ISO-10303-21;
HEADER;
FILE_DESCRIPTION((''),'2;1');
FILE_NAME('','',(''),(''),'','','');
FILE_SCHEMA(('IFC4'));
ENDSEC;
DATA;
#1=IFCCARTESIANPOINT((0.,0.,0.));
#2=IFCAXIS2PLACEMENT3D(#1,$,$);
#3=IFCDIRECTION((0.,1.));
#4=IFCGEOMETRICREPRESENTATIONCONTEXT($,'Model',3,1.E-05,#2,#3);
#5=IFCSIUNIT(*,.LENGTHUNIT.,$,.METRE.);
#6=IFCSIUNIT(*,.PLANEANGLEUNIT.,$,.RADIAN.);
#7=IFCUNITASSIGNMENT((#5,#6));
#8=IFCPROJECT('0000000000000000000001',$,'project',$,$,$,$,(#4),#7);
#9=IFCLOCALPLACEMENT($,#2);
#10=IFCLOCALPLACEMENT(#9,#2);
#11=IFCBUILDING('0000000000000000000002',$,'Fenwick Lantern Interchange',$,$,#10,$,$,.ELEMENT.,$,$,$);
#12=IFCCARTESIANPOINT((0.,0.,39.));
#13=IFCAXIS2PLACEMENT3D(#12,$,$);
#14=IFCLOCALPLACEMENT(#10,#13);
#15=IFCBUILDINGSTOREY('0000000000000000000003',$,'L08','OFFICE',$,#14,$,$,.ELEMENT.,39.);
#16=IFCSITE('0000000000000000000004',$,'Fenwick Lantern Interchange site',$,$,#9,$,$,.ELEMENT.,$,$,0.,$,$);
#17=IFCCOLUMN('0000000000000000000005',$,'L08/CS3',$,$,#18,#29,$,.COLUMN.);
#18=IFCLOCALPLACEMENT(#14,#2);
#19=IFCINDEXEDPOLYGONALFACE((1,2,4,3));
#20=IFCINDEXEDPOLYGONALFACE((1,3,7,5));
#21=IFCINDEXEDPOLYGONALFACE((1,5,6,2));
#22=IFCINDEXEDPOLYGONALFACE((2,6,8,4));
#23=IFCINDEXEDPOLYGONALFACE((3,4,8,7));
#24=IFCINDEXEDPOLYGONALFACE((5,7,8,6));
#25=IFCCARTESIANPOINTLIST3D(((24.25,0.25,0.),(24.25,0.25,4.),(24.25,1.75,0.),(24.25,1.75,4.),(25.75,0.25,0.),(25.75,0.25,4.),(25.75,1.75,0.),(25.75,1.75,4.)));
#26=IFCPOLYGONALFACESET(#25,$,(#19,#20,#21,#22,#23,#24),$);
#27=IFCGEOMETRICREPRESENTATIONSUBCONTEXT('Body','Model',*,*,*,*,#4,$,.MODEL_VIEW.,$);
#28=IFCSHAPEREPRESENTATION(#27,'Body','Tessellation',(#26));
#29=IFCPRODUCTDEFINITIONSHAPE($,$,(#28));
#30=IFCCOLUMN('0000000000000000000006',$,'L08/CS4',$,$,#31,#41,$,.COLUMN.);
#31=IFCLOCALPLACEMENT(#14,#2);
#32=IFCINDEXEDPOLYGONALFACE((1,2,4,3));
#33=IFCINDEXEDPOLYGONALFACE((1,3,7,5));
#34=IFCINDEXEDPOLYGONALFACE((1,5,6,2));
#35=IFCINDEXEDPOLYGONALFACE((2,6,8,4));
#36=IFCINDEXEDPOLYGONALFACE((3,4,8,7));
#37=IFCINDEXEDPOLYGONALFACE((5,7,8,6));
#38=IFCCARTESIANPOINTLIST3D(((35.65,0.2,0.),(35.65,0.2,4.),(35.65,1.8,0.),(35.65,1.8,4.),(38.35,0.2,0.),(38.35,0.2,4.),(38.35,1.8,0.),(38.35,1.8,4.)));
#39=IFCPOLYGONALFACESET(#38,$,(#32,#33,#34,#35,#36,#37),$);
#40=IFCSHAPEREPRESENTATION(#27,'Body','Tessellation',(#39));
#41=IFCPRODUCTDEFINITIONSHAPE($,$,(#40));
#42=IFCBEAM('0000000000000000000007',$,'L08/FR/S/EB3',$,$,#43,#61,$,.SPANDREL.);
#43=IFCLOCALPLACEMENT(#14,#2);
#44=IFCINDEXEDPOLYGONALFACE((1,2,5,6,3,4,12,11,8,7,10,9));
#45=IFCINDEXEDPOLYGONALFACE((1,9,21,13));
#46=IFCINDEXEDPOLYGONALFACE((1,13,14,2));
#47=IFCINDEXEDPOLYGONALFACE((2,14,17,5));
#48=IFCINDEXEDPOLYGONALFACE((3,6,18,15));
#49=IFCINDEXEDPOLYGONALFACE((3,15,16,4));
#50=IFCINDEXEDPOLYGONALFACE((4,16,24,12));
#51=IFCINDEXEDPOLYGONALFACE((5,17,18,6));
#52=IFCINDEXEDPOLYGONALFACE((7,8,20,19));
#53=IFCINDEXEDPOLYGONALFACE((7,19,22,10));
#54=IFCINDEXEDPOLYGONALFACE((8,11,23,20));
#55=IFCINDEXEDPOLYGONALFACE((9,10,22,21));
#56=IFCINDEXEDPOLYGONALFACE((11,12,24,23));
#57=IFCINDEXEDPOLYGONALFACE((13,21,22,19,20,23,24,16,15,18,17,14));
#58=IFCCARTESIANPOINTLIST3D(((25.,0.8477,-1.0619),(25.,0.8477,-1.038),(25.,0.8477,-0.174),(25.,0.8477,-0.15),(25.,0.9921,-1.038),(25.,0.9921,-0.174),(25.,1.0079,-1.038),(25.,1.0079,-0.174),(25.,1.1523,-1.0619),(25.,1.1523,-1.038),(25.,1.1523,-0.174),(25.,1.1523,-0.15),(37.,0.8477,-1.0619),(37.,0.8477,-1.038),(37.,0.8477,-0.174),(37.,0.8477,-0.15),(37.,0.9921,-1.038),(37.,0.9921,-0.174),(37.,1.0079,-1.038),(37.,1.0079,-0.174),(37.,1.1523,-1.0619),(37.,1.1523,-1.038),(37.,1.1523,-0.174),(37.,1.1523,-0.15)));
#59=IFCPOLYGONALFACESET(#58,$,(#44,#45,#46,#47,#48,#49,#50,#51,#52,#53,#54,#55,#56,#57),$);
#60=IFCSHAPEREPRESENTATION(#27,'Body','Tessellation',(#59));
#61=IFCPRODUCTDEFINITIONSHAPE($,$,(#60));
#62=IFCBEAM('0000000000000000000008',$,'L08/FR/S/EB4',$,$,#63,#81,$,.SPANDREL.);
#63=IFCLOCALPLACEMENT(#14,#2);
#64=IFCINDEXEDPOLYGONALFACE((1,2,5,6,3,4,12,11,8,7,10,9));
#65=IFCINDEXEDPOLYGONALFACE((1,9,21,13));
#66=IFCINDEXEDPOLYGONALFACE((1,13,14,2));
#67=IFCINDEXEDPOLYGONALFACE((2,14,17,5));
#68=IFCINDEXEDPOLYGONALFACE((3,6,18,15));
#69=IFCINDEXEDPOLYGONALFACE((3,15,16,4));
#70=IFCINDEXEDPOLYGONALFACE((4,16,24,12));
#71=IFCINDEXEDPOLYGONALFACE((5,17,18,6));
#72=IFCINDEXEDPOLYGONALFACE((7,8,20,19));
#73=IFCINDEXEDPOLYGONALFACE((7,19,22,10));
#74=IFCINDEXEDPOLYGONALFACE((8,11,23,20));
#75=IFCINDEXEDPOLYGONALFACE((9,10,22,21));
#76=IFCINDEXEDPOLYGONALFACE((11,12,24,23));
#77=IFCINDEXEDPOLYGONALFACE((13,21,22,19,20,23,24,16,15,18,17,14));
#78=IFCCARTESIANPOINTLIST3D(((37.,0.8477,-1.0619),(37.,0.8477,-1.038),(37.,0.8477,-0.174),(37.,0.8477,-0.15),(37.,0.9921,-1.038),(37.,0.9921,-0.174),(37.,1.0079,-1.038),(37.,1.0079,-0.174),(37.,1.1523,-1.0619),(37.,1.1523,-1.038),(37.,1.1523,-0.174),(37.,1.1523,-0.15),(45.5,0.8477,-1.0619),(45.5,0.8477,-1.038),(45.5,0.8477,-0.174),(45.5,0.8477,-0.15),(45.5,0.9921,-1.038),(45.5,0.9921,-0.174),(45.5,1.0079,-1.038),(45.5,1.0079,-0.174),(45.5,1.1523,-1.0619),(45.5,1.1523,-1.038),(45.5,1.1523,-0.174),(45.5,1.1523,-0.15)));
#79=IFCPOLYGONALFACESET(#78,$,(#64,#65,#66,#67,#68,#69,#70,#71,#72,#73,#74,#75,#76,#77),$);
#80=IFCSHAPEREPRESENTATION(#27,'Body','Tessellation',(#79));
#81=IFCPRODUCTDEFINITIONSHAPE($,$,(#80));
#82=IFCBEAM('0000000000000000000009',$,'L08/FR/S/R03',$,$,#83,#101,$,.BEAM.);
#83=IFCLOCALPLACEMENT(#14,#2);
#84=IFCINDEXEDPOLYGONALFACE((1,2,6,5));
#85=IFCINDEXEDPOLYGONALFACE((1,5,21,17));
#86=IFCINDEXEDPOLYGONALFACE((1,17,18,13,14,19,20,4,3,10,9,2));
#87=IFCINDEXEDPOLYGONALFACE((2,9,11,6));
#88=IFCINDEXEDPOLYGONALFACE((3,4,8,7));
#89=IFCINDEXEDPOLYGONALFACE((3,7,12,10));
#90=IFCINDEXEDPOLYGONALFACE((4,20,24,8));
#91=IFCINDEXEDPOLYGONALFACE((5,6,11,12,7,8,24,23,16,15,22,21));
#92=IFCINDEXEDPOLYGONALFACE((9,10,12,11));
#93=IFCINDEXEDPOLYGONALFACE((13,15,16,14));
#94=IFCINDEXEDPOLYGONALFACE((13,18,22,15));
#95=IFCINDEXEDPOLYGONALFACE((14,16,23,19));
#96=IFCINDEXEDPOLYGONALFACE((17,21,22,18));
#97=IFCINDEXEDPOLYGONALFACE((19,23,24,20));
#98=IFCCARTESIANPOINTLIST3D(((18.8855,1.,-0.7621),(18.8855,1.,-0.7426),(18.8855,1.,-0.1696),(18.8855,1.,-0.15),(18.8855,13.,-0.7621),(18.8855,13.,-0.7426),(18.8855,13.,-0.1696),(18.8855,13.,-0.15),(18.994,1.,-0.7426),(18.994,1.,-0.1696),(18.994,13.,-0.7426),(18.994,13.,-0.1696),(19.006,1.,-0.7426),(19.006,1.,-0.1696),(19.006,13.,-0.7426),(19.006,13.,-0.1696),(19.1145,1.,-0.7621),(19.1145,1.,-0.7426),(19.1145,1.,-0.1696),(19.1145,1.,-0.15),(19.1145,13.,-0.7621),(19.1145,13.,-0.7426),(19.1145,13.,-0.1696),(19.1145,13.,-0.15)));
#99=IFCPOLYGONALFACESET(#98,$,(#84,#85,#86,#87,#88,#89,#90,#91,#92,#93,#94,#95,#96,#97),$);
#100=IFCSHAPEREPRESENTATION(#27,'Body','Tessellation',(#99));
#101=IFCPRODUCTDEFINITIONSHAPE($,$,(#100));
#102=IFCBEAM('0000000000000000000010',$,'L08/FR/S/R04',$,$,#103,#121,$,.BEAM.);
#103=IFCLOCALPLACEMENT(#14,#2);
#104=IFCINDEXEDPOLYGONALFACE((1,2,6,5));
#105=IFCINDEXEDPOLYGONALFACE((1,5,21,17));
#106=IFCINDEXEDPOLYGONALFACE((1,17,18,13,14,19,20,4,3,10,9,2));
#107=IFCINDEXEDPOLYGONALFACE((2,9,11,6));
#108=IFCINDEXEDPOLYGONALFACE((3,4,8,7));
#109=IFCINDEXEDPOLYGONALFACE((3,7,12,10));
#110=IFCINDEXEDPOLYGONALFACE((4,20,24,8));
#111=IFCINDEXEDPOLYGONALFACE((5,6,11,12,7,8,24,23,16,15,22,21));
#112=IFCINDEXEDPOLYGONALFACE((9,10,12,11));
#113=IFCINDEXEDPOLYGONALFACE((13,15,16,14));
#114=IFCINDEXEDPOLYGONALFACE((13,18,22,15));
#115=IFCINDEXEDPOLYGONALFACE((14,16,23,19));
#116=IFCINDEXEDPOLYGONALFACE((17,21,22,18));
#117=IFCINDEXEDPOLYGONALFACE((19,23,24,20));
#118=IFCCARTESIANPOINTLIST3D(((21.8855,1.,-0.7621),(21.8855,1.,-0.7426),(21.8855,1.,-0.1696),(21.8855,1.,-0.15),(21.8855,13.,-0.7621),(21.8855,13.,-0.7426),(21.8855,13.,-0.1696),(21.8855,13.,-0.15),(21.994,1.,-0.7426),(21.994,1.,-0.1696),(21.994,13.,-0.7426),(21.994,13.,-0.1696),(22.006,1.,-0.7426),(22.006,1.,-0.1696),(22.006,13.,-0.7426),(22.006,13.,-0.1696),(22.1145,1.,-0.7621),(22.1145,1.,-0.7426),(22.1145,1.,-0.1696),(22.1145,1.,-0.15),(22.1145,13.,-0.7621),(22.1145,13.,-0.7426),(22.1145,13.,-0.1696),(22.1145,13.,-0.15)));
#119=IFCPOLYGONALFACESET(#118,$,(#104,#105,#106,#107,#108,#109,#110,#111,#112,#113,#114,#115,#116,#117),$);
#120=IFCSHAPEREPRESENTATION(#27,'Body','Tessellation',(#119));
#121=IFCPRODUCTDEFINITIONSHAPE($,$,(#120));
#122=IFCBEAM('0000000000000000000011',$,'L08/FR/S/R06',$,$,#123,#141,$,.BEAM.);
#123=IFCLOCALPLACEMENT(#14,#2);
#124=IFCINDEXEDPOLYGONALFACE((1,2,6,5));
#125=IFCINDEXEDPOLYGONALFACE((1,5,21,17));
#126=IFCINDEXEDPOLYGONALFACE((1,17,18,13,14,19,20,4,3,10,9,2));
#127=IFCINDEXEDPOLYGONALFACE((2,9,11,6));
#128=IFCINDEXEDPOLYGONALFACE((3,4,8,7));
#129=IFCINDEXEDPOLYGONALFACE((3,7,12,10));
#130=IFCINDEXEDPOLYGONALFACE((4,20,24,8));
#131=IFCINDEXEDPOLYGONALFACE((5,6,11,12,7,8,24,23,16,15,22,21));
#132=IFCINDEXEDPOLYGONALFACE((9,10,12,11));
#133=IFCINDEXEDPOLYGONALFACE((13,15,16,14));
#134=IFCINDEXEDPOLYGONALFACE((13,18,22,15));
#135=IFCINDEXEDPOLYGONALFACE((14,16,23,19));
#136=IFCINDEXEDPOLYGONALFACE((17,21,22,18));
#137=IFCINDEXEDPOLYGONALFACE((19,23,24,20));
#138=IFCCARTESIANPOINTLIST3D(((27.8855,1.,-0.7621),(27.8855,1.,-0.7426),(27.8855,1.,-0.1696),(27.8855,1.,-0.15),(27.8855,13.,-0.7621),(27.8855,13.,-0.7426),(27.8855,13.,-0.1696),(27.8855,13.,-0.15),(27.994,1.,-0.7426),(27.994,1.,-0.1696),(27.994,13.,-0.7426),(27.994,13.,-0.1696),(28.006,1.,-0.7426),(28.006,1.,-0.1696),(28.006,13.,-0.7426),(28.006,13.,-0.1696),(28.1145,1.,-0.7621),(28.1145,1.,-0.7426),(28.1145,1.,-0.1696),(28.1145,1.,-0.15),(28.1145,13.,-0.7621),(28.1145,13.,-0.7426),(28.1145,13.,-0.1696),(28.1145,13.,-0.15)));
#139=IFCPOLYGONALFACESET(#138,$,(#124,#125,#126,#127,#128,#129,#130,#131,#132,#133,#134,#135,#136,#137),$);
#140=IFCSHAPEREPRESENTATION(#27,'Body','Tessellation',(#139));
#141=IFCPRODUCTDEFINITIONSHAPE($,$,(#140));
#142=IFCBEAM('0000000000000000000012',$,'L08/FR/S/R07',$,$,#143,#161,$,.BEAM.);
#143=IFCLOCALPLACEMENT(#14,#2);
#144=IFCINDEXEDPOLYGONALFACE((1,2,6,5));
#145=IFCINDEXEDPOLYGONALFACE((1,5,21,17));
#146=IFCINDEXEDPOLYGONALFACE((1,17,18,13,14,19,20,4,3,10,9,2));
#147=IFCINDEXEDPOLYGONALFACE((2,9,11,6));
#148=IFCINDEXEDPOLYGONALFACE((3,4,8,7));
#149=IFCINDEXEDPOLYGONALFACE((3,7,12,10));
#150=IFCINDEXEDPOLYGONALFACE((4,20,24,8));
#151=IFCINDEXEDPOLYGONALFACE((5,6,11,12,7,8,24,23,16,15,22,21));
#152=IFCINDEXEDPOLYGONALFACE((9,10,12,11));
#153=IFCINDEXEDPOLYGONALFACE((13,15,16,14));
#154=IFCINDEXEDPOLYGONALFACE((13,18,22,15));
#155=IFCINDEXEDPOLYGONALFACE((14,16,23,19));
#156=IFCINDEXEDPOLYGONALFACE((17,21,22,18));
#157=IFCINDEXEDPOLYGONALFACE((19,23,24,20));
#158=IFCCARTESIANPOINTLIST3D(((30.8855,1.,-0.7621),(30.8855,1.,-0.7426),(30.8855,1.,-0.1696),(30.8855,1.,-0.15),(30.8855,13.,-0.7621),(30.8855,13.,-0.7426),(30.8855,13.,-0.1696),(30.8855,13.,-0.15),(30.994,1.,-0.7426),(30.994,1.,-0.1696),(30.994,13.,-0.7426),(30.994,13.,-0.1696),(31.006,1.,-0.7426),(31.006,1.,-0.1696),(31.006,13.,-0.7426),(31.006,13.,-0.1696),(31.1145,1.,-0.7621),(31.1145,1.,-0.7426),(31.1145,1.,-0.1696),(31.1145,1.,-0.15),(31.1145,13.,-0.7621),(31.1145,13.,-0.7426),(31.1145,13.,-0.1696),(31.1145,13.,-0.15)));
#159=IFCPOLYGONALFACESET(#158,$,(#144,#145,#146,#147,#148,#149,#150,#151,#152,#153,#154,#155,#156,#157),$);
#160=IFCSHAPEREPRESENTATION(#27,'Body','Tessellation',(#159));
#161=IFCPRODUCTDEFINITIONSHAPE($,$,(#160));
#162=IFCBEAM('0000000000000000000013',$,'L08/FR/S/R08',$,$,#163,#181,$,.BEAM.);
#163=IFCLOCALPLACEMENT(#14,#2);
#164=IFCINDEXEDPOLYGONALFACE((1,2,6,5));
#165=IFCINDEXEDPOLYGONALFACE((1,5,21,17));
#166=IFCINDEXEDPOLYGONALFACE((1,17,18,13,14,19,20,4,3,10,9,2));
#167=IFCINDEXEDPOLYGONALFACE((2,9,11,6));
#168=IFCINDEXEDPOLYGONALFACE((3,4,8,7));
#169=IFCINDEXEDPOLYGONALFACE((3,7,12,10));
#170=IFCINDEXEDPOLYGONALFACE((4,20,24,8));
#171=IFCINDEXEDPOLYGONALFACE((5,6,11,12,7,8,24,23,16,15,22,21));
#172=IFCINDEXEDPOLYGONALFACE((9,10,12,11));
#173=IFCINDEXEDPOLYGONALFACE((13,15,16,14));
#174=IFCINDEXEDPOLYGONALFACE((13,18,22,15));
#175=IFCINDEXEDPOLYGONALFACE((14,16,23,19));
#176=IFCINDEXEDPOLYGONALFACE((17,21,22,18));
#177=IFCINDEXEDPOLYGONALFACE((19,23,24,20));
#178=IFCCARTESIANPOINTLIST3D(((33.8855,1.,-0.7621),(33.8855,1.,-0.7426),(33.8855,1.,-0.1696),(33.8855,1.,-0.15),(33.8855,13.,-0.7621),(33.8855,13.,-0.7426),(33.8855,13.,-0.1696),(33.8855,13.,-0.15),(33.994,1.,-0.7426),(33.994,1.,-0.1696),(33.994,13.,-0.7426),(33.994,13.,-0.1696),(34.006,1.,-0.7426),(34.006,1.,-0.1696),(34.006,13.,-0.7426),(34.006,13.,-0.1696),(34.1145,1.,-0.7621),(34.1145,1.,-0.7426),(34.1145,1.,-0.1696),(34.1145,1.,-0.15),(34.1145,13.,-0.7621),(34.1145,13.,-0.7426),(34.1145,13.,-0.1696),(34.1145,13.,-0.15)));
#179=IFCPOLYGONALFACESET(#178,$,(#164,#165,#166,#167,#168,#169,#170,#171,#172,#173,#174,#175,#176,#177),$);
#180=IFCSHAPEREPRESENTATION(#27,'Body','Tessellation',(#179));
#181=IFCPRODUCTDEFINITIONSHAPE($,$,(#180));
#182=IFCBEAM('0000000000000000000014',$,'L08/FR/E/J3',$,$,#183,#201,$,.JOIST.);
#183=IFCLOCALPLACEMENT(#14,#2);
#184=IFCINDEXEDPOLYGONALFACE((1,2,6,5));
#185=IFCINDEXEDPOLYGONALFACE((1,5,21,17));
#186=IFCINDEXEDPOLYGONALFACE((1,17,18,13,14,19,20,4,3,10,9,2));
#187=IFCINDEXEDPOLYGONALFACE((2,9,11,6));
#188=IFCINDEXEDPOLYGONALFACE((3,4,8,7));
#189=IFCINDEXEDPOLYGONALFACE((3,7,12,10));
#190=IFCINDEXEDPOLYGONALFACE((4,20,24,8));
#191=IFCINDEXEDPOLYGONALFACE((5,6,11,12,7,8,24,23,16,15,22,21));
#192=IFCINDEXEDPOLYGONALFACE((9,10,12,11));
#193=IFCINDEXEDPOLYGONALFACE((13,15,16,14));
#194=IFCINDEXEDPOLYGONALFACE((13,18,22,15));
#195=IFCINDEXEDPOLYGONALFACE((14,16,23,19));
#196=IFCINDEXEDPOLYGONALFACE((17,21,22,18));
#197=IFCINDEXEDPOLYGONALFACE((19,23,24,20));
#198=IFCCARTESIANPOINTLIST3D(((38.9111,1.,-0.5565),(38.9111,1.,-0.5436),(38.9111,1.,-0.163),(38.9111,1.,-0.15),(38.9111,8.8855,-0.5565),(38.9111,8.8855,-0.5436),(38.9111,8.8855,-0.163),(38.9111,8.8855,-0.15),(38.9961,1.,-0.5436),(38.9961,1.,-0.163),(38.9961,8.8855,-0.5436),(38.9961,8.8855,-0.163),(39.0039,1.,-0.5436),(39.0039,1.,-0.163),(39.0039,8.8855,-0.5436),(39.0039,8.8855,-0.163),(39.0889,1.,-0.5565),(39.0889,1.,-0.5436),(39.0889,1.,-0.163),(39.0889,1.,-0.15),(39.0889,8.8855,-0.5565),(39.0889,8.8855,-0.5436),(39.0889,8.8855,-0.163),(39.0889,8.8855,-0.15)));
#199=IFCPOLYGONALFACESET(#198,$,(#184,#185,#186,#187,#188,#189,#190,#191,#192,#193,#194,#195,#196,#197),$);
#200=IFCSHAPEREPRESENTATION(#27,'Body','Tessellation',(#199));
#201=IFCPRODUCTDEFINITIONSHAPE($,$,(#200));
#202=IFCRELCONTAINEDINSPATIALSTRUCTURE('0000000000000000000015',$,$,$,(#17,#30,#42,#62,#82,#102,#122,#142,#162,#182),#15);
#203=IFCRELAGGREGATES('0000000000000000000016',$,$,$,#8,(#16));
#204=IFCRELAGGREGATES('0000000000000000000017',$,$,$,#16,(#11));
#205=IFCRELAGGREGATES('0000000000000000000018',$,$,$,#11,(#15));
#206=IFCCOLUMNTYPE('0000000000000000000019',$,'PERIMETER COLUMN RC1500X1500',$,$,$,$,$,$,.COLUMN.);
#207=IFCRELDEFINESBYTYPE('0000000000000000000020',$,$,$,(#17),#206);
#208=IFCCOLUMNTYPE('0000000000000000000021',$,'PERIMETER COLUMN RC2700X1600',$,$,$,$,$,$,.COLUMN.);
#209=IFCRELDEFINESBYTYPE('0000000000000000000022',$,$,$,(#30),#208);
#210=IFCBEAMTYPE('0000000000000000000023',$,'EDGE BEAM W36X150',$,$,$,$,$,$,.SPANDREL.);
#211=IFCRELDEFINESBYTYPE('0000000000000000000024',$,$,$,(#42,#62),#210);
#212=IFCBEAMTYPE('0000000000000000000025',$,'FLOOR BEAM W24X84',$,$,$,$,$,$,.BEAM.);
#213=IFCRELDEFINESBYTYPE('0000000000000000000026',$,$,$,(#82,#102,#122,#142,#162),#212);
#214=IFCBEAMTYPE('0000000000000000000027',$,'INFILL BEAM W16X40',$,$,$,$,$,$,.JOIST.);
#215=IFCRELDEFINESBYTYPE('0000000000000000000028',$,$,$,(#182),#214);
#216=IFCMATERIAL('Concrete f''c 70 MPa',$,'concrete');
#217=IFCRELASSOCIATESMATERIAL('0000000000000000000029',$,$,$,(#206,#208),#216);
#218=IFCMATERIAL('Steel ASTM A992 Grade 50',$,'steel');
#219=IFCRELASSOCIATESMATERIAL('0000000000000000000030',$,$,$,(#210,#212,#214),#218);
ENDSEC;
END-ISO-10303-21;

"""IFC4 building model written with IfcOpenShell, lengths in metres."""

from ifc_helpers import new_model, si_unit, direction, frame, origin, origin_2d, place, context, subcontext, project, spatial, rectangle, i_section, extrude, material, material_profile, profile_set, type_object, element, save


model = new_model("IFC4")

# Units and contexts
model_context = context("Model", 3, precision=1e-05, world=origin(), true_north=direction((0.0, 1.0)))
body_context = subcontext(model_context, "Body", "Model", "MODEL_VIEW")
ifc_project = project(units=[si_unit("LENGTHUNIT", "METRE"), si_unit("PLANEANGLEUNIT", "RADIAN")], contexts=[model_context])

# Site, building, storey
site_placement = place(None, origin())
site = spatial("IfcSite", under=ifc_project, at=site_placement, Name="Fenwick Lantern Interchange site", CompositionType="ELEMENT", RefElevation=0.0)
building_placement = place(site_placement, origin())
building = spatial("IfcBuilding", under=site, at=building_placement, Name="Fenwick Lantern Interchange", CompositionType="ELEMENT")
storey_placement = place(building_placement, frame((0.0, 0.0, 39.0)))
storey = spatial("IfcBuildingStorey", under=building, at=storey_placement, Name="L08", Description="OFFICE", CompositionType="ELEMENT", Elevation=39.0)

# Columns
ifc_material_1 = material(Name="Concrete f'c 70 MPa", Category="concrete")
ifc_material_profile_1 = material_profile(ifc_material_1, rectangle(XDim=1.5, YDim=1.5, at=origin_2d()), Name="RC1500X1500")
ifc_profile_set_1 = profile_set([ifc_material_profile_1], Name="Concrete f'c 70 MPa")
column_type_1 = type_object("IfcColumnType", Name="PERIMETER COLUMN RC1500X1500", PredefinedType="COLUMN", material=ifc_profile_set_1)
column_1_placement = place(storey_placement, frame((25.0, 1.0, 0.0), z_axis=(0.0, 0.0, 1.0), x_axis=(1.0, 0.0, 0.0)))
element("IfcColumn", 1, at=column_1_placement, inside=storey, type_object=column_type_1, Name="L08/CS3", PredefinedType="COLUMN", context=body_context, shape_type="SweptSolid", body=[
    extrude(rectangle(XDim=1.5, YDim=1.5, at=origin_2d()), origin(), (0.0, 0.0, 1.0), 4.0),
])
ifc_material_profile_2 = material_profile(ifc_material_1, rectangle(XDim=2.7, YDim=1.6001, at=origin_2d()), Name="RC2700X1600")
ifc_profile_set_2 = profile_set([ifc_material_profile_2], Name="Concrete f'c 70 MPa")
column_type_2 = type_object("IfcColumnType", Name="PERIMETER COLUMN RC2700X1600", PredefinedType="COLUMN", material=ifc_profile_set_2)
column_2_placement = place(storey_placement, frame((37.0, 1.0, 0.0), z_axis=(0.0, 0.0, 1.0), x_axis=(1.0, 0.0, 0.0)))
element("IfcColumn", 2, at=column_2_placement, inside=storey, type_object=column_type_2, Name="L08/CS4", PredefinedType="COLUMN", context=body_context, shape_type="SweptSolid", body=[
    extrude(rectangle(XDim=2.7, YDim=1.6001, at=origin_2d()), origin(), (0.0, 0.0, 1.0), 4.0),
])

# Beams
ifc_material_2 = material(Name="Steel ASTM A992 Grade 50", Category="steel")
ifc_material_profile_3 = material_profile(ifc_material_2, i_section(OverallWidth=0.3047, OverallDepth=0.9119, WebThickness=0.0159, FlangeThickness=0.0239, at=origin_2d()), Name="W36X150")
ifc_profile_set_3 = profile_set([ifc_material_profile_3], Name="Steel ASTM A992 Grade 50")
beam_type_1 = type_object("IfcBeamType", Name="EDGE BEAM W36X150", PredefinedType="SPANDREL", material=ifc_profile_set_3)
beam_1_placement = place(storey_placement, frame((25.0, 1.0, -0.606), z_axis=(1.0, 0.0, 0.0), x_axis=(0.0, 1.0, 0.0)))
element("IfcBeam", 3, at=beam_1_placement, inside=storey, type_object=beam_type_1, Name="L08/FR/S/EB3", PredefinedType="SPANDREL", context=body_context, shape_type="SweptSolid", body=[
    extrude(i_section(OverallWidth=0.3047, OverallDepth=0.9119, WebThickness=0.0159, FlangeThickness=0.0239, at=origin_2d()), origin(), (0.0, 0.0, 1.0), 12.0),
])
beam_2_placement = place(storey_placement, frame((37.0, 1.0, -0.606), z_axis=(1.0, 0.0, 0.0), x_axis=(0.0, 1.0, 0.0)))
element("IfcBeam", 4, at=beam_2_placement, inside=storey, type_object=beam_type_1, Name="L08/FR/S/EB4", PredefinedType="SPANDREL", context=body_context, shape_type="SweptSolid", body=[
    extrude(i_section(OverallWidth=0.3047, OverallDepth=0.9119, WebThickness=0.0159, FlangeThickness=0.0239, at=origin_2d()), origin(), (0.0, 0.0, 1.0), 8.5),
])
ifc_material_profile_4 = material_profile(ifc_material_2, i_section(OverallWidth=0.229, OverallDepth=0.6121, WebThickness=0.012, FlangeThickness=0.0195, at=origin_2d()), Name="W24X84")
ifc_profile_set_4 = profile_set([ifc_material_profile_4], Name="Steel ASTM A992 Grade 50")
beam_type_2 = type_object("IfcBeamType", Name="FLOOR BEAM W24X84", PredefinedType="BEAM", material=ifc_profile_set_4)
for number, where, z_axis, x_axis, name in (
    (5, (19.0, 1.0, -0.4561), (0.0, 1.0, 0.0), (-1.0, 0.0, 0.0), "L08/FR/S/R03"),
    (6, (22.0, 1.0, -0.4561), (0.0, 1.0, 0.0), (-1.0, 0.0, 0.0), "L08/FR/S/R04"),
    (7, (28.0, 1.0, -0.4561), (0.0, 1.0, 0.0), (-1.0, 0.0, 0.0), "L08/FR/S/R06"),
    (8, (31.0, 1.0, -0.4561), (0.0, 1.0, 0.0), (-1.0, 0.0, 0.0), "L08/FR/S/R07"),
    (9, (34.0, 1.0, -0.4561), (0.0, 1.0, 0.0), (-1.0, 0.0, 0.0), "L08/FR/S/R08"),
):
    element("IfcBeam", number, at=place(storey_placement, frame(where, z_axis=z_axis, x_axis=x_axis)), inside=storey, type_object=beam_type_2, Name=name, PredefinedType="BEAM", context=body_context, shape_type="SweptSolid", body=[
        extrude(i_section(OverallWidth=0.229, OverallDepth=0.6121, WebThickness=0.012, FlangeThickness=0.0195, at=origin_2d()), origin(), (0.0, 0.0, 1.0), 12.0),
    ])
ifc_material_profile_5 = material_profile(ifc_material_2, i_section(OverallWidth=0.1777, OverallDepth=0.4065, WebThickness=0.0078, FlangeThickness=0.0129, at=origin_2d()), Name="W16X40")
ifc_profile_set_5 = profile_set([ifc_material_profile_5], Name="Steel ASTM A992 Grade 50")
beam_type_3 = type_object("IfcBeamType", Name="INFILL BEAM W16X40", PredefinedType="JOIST", material=ifc_profile_set_5)
beam_3_placement = place(storey_placement, frame((39.0, 1.0, -0.3533), z_axis=(0.0, 1.0, 0.0), x_axis=(-1.0, 0.0, 0.0)))
element("IfcBeam", 10, at=beam_3_placement, inside=storey, type_object=beam_type_3, Name="L08/FR/E/J3", PredefinedType="JOIST", context=body_context, shape_type="SweptSolid", body=[
    extrude(i_section(OverallWidth=0.1777, OverallDepth=0.4065, WebThickness=0.0078, FlangeThickness=0.0129, at=origin_2d()), origin(), (0.0, 0.0, 1.0), 7.8855),
])

save(model, "model.ifc")
